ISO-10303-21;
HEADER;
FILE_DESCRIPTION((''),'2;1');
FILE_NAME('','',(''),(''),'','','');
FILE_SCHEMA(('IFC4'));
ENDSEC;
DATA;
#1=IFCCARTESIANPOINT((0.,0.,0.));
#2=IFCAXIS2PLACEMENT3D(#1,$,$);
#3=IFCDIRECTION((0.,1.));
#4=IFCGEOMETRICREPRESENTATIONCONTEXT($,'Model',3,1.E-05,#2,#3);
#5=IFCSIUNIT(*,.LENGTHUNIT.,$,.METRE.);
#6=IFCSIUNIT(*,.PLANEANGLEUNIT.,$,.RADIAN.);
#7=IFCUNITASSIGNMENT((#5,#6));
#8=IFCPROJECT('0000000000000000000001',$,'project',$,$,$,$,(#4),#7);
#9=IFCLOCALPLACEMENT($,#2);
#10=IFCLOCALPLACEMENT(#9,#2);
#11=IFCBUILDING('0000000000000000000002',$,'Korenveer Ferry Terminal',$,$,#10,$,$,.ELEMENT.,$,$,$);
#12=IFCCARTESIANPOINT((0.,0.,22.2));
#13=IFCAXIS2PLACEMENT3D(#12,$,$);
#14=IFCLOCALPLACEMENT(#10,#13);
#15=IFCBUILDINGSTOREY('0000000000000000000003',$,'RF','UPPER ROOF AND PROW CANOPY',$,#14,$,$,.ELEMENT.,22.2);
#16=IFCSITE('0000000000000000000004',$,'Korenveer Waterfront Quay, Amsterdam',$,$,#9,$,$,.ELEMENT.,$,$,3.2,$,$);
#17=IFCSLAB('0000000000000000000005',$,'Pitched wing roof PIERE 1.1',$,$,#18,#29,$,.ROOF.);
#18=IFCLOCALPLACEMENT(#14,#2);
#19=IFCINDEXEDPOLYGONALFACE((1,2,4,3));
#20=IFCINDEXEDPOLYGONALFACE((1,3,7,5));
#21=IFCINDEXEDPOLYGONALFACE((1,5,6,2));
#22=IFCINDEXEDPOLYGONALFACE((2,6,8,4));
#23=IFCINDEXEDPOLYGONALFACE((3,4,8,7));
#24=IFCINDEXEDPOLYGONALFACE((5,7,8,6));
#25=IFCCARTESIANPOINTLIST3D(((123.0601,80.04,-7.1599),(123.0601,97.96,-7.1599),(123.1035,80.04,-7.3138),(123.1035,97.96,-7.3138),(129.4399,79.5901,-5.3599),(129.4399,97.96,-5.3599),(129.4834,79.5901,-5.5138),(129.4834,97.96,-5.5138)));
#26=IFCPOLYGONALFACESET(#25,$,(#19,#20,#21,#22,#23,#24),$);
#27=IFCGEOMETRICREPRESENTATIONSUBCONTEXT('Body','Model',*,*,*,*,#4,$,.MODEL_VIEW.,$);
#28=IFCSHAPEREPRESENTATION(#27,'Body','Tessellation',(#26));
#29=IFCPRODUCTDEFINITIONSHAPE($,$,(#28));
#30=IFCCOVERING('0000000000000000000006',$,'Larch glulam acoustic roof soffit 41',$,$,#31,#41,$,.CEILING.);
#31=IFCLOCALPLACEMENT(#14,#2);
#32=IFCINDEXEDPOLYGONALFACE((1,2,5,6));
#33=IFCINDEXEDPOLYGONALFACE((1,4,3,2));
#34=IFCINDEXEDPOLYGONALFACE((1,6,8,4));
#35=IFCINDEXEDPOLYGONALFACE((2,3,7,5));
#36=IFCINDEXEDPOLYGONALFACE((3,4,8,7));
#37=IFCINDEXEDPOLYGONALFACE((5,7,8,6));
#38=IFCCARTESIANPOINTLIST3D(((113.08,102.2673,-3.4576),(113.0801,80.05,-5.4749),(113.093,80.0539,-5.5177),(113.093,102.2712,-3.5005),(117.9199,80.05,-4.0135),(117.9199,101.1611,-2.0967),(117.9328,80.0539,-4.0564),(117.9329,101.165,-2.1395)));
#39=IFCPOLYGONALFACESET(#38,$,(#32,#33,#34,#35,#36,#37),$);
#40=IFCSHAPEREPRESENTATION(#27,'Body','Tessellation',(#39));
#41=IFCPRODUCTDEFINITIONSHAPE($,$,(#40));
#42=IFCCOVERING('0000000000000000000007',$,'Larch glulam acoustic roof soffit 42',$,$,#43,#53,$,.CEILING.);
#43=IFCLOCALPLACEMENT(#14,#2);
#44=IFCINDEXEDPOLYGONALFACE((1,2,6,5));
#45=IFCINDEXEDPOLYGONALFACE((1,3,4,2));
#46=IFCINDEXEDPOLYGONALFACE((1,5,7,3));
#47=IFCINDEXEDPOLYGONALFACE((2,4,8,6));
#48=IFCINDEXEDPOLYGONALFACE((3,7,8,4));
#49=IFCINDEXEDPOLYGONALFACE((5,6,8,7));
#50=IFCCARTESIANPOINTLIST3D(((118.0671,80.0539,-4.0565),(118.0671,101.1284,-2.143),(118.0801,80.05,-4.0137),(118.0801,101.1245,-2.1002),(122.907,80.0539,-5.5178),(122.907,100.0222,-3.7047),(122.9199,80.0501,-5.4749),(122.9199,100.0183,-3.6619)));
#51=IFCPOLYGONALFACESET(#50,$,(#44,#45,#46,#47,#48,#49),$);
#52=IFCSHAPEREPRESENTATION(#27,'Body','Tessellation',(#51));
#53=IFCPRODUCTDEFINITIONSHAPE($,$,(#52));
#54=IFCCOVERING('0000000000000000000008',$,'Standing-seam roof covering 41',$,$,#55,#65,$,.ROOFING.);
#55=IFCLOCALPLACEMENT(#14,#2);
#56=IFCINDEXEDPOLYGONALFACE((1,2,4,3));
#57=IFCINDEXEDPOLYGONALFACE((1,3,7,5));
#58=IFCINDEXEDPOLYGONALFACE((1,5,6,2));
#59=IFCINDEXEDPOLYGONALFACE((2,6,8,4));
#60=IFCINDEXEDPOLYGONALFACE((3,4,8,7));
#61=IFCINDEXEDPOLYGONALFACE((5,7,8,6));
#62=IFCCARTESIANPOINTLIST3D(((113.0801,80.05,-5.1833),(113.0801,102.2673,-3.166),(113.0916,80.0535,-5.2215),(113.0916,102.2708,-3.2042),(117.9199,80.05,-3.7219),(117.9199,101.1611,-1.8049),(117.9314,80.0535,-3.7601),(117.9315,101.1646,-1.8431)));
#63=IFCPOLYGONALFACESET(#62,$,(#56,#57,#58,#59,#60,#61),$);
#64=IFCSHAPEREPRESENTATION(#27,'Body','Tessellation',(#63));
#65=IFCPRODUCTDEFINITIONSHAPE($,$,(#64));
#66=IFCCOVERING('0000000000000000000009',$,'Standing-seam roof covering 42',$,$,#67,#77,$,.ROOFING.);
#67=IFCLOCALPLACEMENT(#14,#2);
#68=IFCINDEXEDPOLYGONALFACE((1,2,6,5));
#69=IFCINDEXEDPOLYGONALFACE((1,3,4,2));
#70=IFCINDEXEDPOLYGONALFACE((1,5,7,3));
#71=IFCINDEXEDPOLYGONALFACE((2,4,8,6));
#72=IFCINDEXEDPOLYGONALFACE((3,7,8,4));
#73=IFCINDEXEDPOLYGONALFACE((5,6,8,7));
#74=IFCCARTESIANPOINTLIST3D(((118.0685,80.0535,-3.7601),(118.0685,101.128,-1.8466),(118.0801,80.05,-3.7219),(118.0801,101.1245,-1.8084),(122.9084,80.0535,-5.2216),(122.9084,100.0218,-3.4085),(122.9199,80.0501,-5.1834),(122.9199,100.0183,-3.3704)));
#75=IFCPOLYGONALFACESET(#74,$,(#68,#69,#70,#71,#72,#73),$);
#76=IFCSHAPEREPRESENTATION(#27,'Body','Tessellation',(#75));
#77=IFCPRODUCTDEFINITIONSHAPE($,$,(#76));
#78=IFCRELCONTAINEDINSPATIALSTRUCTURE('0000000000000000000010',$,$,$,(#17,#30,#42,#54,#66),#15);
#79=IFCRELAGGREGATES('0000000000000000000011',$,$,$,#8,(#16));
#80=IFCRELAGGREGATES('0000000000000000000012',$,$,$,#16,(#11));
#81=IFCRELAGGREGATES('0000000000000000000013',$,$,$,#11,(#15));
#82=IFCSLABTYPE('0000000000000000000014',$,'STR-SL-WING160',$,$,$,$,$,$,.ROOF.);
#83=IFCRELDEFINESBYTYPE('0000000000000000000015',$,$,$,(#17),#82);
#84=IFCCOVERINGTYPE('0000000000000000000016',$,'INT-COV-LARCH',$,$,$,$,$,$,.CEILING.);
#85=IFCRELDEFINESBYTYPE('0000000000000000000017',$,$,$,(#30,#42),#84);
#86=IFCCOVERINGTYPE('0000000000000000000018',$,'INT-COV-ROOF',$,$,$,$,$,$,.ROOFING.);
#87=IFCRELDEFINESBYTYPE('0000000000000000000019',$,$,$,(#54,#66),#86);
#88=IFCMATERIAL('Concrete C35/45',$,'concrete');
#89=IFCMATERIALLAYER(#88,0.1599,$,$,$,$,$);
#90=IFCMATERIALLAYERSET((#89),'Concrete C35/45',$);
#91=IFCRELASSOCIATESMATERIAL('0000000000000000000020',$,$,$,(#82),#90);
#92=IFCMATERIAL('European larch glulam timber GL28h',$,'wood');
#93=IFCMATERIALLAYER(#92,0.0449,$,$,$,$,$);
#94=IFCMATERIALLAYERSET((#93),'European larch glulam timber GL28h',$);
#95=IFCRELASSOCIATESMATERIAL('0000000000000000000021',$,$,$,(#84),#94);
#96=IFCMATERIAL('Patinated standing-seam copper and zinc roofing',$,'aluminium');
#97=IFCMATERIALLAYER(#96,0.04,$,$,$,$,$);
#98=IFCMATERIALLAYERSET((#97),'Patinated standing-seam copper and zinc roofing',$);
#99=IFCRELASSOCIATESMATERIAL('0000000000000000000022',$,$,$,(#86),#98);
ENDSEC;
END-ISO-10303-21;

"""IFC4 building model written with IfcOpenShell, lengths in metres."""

from ifc_helpers import new_model, si_unit, direction, frame, origin, place, context, subcontext, project, spatial, polyline, outline, extrude, material, layer, layer_set, type_object, element, save


model = new_model("IFC4")

# Units and contexts
model_context = context("Model", 3, precision=1e-05, world=origin(), true_north=direction((0.0, 1.0)))
body_context = subcontext(model_context, "Body", "Model", "MODEL_VIEW")
ifc_project = project(units=[si_unit("LENGTHUNIT", "METRE"), si_unit("PLANEANGLEUNIT", "RADIAN")], contexts=[model_context])

# Site, building, storey
site_placement = place(None, origin())
site = spatial("IfcSite", under=ifc_project, at=site_placement, Name="Korenveer Waterfront Quay, Amsterdam", CompositionType="ELEMENT", RefElevation=3.2)
building_placement = place(site_placement, origin())
building = spatial("IfcBuilding", under=site, at=building_placement, Name="Korenveer Ferry Terminal", CompositionType="ELEMENT")
storey_placement = place(building_placement, frame((0.0, 0.0, 22.2)))
storey = spatial("IfcBuildingStorey", under=building, at=storey_placement, Name="RF", Description="UPPER ROOF AND PROW CANOPY", CompositionType="ELEMENT", Elevation=22.2)

# Slab
ifc_material_1 = material(Name="Concrete C35/45", Category="concrete")
ifc_layer_1 = layer(ifc_material_1, 0.1599)
ifc_layer_set_1 = layer_set([ifc_layer_1], Name="Concrete C35/45")
slab_type_1 = type_object("IfcSlabType", Name="STR-SL-WING160", PredefinedType="ROOF", material=ifc_layer_set_1)
slab_1_placement = place(storey_placement, frame((123.0601, 80.04, -7.1599), z_axis=(-0.271543, 0.0, 0.962426), x_axis=(0.960217, -0.067721, 0.27092)))
element("IfcSlab", 1, at=slab_1_placement, inside=storey, type_object=slab_type_1, Name="Pitched wing roof PIERE 1.1", PredefinedType="ROOF", context=body_context, shape_type="SweptSolid", body=[
    extrude(outline(polyline([(0.0, 0.0), (6.6442, 0.0), (5.4002, 18.3277), (-1.2136, 17.8788), (0.0, 0.0)])), origin(), (0.0, 0.0, -1.0), 0.1599),
])

# Coverings
ifc_material_2 = material(Name="European larch glulam timber GL28h", Category="wood")
ifc_layer_2 = layer(ifc_material_2, 0.0449)
ifc_layer_set_2 = layer_set([ifc_layer_2], Name="European larch glulam timber GL28h")
covering_type_1 = type_object("IfcCoveringType", Name="INT-COV-LARCH", PredefinedType="CEILING", material=ifc_layer_set_2)
covering_1_placement = place(storey_placement, frame((113.0801, 80.05, -5.4749), z_axis=(-0.287967, -0.086595, 0.953717), x_axis=(0.957313, -0.000003, 0.289053)))
element("IfcCovering", 2, at=covering_1_placement, inside=storey, type_object=covering_type_1, Name="Larch glulam acoustic roof soffit 41", PredefinedType="CEILING", context=body_context, shape_type="SweptSolid", body=[
    extrude(outline(polyline([(0.0, 0.0), (5.0556, 0.0), (5.6097, 21.1907), (0.583, 22.301), (0.0, 0.0)])), origin(), (0.0, 0.0, -1.0), 0.0449),
])
covering_2_placement = place(storey_placement, frame((118.0801, 80.05, -4.0137), z_axis=(0.28795, -0.086595, 0.953722), x_axis=(0.957318, 0.000001, -0.289035)))
element("IfcCovering", 3, at=covering_2_placement, inside=storey, type_object=covering_type_1, Name="Larch glulam acoustic roof soffit 42", PredefinedType="CEILING", context=body_context, shape_type="SweptSolid", body=[
    extrude(outline(polyline([(0.0, 0.0), (5.0556, 0.0), (4.5316, 20.0435), (-0.5531, 21.1539), (0.0, 0.0)])), origin(), (0.0, 0.0, -1.0), 0.0449),
])
ifc_material_3 = material(Name="Patinated standing-seam copper and zinc roofing", Category="aluminium")
ifc_layer_3 = layer(ifc_material_3, 0.04)
ifc_layer_set_3 = layer_set([ifc_layer_3], Name="Patinated standing-seam copper and zinc roofing")
covering_type_2 = type_object("IfcCoveringType", Name="INT-COV-ROOF", PredefinedType="ROOFING", material=ifc_layer_set_3)
covering_3_placement = place(storey_placement, frame((113.0801, 80.05, -5.1833), z_axis=(-0.28799, -0.086599, 0.95371), x_axis=(0.957306, -0.000001, 0.289076)))
element("IfcCovering", 4, at=covering_3_placement, inside=storey, type_object=covering_type_2, Name="Standing-seam roof covering 41", PredefinedType="ROOFING", context=body_context, shape_type="SweptSolid", body=[
    extrude(outline(polyline([(0.0, 0.0), (5.0557, 0.0), (5.6098, 21.1907), (0.5831, 22.3011), (0.0, 0.0)])), origin(), (0.0, 0.0, -1.0), 0.04),
])
covering_4_placement = place(storey_placement, frame((118.0801, 80.05, -3.7219), z_axis=(0.287994, -0.086594, 0.953709), x_axis=(0.957305, 0.000001, -0.28908)))
element("IfcCovering", 5, at=covering_4_placement, inside=storey, type_object=covering_type_2, Name="Standing-seam roof covering 42", PredefinedType="ROOFING", context=body_context, shape_type="SweptSolid", body=[
    extrude(outline(polyline([(0.0, 0.0), (5.0557, 0.0), (4.5316, 20.0435), (-0.5531, 21.1539), (0.0, 0.0)])), origin(), (0.0, 0.0, -1.0), 0.04),
])

save(model, "model.ifc")
